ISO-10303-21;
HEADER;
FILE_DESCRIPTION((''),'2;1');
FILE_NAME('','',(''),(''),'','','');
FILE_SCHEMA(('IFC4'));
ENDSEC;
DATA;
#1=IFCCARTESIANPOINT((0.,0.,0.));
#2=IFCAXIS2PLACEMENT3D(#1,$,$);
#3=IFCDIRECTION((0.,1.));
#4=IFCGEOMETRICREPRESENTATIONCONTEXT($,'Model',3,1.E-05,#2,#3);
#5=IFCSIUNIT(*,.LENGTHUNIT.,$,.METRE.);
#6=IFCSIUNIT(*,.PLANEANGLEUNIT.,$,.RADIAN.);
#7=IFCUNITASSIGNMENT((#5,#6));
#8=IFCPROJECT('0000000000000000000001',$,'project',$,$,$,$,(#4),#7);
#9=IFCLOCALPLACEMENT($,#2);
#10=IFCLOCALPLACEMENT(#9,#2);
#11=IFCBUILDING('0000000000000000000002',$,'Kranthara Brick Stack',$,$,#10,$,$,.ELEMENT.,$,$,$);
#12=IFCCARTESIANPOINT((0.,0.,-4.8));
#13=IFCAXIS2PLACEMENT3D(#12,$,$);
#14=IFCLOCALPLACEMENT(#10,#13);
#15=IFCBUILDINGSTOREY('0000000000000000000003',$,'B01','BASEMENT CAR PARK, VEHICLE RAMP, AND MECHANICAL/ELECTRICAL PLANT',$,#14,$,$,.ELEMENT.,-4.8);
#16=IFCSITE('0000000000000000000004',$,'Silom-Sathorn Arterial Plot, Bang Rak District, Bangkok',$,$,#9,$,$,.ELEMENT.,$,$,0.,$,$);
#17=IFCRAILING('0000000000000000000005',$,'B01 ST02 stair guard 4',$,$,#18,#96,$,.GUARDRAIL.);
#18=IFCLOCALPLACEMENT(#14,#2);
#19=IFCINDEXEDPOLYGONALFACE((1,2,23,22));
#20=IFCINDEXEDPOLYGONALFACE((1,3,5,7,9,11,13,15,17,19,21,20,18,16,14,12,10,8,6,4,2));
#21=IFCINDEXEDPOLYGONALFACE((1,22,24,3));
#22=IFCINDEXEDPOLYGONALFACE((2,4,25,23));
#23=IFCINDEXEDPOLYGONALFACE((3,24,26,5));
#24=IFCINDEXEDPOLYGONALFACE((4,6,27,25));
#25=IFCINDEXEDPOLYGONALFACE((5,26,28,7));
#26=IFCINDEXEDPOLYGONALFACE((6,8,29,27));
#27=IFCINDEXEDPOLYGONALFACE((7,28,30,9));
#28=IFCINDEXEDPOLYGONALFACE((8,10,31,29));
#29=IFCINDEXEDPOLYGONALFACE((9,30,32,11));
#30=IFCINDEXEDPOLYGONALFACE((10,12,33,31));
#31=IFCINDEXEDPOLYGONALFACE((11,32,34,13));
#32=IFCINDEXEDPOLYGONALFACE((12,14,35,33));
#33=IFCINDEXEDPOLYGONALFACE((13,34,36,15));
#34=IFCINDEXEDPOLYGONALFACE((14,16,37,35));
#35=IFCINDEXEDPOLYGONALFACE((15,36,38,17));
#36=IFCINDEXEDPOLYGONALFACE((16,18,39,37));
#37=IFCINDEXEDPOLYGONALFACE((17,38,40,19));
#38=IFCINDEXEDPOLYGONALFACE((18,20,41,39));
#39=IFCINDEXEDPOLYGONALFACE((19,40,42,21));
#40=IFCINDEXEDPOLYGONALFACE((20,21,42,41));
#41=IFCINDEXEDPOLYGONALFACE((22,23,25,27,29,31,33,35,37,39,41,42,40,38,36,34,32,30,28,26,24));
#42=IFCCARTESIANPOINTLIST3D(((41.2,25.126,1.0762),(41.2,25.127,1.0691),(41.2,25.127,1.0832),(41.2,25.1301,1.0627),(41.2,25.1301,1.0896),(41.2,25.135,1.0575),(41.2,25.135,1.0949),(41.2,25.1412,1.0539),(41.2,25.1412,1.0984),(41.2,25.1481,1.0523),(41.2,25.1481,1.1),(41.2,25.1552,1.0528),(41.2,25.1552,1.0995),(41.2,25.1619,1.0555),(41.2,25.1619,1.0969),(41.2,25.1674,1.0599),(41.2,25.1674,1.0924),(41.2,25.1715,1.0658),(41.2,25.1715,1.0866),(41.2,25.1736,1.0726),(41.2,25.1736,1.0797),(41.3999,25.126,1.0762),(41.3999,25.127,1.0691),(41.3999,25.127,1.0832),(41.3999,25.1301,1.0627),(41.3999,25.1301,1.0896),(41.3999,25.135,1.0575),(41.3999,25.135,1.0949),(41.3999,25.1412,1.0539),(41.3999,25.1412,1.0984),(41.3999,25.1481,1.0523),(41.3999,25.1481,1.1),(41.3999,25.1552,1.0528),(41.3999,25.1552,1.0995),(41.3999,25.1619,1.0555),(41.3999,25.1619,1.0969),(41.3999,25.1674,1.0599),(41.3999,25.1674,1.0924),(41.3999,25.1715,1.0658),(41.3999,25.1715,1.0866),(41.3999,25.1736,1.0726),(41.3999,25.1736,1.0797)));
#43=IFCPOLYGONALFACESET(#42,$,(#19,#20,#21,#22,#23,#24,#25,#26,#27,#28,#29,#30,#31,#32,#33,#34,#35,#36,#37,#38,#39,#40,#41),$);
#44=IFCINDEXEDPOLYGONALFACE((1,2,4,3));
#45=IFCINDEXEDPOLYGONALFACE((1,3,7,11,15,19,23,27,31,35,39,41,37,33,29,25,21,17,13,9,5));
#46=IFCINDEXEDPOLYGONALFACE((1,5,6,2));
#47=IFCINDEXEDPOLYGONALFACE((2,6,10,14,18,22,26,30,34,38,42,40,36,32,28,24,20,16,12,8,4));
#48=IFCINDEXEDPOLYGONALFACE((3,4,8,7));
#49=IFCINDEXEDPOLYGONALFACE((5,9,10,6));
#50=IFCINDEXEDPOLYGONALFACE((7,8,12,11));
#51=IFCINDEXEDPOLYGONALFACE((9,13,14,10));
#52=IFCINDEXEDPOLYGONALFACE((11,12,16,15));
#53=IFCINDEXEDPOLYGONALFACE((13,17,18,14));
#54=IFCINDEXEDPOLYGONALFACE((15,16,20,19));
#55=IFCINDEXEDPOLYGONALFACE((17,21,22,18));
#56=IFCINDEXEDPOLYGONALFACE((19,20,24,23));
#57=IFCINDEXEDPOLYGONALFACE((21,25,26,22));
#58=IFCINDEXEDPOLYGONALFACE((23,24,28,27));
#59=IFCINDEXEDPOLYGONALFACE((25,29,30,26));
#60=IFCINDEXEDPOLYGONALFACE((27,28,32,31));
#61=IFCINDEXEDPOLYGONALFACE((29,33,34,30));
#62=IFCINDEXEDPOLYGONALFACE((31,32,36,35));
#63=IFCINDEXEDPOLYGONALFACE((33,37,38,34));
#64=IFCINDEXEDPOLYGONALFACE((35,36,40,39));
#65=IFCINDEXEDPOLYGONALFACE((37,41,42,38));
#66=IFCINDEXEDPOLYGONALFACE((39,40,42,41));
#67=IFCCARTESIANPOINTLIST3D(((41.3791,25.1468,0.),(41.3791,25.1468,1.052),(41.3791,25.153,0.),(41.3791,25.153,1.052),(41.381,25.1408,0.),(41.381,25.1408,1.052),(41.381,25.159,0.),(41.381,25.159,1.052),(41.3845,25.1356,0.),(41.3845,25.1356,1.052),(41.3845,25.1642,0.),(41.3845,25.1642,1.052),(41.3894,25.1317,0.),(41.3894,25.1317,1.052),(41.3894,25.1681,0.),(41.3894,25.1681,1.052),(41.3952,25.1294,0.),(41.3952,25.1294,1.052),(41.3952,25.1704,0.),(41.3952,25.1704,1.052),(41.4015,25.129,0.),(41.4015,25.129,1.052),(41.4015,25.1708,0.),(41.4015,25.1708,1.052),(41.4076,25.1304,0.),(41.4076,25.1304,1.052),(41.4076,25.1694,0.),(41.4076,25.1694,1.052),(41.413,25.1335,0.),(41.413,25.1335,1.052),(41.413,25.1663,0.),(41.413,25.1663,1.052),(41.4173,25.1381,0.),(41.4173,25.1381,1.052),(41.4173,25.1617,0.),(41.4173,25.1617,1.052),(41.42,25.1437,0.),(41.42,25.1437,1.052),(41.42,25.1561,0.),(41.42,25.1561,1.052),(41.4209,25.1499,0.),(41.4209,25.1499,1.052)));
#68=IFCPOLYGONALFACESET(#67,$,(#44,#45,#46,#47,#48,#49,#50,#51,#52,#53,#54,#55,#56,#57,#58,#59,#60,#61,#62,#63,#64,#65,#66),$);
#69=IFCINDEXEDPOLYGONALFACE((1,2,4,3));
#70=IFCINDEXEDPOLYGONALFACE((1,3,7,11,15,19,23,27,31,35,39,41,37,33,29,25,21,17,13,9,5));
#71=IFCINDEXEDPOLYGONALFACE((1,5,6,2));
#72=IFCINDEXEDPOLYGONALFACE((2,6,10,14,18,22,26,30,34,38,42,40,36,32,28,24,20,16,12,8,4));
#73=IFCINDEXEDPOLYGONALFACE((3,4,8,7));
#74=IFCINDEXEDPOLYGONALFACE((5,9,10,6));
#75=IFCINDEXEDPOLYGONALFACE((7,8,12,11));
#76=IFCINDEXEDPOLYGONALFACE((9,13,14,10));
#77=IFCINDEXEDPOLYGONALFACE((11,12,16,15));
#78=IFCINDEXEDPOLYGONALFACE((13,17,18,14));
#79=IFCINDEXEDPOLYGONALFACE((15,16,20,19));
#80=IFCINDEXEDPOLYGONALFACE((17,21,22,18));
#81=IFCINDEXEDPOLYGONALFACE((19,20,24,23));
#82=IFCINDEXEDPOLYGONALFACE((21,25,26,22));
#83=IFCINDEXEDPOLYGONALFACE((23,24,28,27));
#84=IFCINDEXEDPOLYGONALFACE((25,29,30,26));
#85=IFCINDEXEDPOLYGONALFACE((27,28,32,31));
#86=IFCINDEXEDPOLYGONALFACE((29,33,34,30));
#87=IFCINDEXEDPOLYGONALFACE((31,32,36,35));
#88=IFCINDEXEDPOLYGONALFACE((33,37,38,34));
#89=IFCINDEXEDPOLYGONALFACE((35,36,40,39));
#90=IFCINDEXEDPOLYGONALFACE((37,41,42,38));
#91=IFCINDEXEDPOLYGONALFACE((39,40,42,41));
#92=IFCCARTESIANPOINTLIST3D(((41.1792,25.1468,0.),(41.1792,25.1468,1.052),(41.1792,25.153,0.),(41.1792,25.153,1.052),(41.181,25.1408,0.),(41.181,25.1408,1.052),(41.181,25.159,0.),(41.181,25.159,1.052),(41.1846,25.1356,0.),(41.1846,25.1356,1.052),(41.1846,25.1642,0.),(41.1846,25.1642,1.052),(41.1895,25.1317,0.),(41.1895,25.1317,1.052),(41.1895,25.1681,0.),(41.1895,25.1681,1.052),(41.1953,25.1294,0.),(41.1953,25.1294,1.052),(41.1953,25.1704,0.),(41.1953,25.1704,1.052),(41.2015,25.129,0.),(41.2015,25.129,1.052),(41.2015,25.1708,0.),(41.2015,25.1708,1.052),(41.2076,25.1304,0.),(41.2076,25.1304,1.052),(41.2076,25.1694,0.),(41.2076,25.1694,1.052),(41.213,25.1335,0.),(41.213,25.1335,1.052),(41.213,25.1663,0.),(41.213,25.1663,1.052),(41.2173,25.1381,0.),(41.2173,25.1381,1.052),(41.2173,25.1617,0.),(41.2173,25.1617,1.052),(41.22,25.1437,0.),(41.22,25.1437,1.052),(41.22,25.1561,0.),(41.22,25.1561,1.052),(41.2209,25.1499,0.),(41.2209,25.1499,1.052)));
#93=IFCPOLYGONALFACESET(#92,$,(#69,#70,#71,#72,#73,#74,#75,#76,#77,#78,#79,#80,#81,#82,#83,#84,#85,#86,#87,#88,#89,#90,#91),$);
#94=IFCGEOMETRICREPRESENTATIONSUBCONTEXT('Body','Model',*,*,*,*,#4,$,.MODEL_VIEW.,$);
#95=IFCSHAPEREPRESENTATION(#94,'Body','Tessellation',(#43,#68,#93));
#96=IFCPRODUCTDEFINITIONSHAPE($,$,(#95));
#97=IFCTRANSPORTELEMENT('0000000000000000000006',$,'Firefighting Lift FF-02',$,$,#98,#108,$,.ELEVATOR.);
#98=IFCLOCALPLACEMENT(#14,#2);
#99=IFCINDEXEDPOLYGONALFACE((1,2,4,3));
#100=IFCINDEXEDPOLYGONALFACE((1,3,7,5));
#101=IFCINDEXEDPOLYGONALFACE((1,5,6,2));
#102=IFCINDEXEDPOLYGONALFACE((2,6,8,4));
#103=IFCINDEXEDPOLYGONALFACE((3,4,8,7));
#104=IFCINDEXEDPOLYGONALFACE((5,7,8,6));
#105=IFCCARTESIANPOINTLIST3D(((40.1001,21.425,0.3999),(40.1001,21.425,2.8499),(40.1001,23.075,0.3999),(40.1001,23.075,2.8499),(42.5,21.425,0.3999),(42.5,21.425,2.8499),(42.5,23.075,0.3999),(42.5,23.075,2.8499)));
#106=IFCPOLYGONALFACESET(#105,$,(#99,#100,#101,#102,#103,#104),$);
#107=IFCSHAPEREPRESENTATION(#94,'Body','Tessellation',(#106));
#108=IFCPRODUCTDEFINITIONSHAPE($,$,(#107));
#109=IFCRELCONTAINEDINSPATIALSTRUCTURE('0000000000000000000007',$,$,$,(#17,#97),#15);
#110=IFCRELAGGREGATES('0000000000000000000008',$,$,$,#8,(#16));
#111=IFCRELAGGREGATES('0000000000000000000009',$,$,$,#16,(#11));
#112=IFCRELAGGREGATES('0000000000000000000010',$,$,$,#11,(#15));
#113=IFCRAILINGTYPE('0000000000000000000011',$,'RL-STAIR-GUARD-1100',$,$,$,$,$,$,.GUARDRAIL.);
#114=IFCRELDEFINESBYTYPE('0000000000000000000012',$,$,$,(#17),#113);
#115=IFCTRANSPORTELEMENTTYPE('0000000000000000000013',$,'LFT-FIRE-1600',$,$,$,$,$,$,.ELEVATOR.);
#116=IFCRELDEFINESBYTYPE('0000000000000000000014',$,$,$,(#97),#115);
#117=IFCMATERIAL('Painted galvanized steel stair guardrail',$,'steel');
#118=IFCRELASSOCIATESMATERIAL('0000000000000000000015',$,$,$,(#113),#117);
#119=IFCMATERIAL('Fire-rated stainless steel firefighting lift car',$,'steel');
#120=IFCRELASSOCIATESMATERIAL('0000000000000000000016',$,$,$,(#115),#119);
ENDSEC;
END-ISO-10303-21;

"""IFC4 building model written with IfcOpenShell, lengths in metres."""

from ifc_helpers import new_model, si_unit, direction, frame, origin, origin_2d, place, context, subcontext, project, spatial, rectangle, circle, extrude, material, type_object, element, save


model = new_model("IFC4")

# Units and contexts
model_context = context("Model", 3, precision=1e-05, world=origin(), true_north=direction((0.0, 1.0)))
body_context = subcontext(model_context, "Body", "Model", "MODEL_VIEW")
ifc_project = project(units=[si_unit("LENGTHUNIT", "METRE"), si_unit("PLANEANGLEUNIT", "RADIAN")], contexts=[model_context])

# Site, building, storey
site_placement = place(None, origin())
site = spatial("IfcSite", under=ifc_project, at=site_placement, Name="Silom-Sathorn Arterial Plot, Bang Rak District, Bangkok", CompositionType="ELEMENT", RefElevation=0.0)
building_placement = place(site_placement, origin())
building = spatial("IfcBuilding", under=site, at=building_placement, Name="Kranthara Brick Stack", CompositionType="ELEMENT")
storey_placement = place(building_placement, frame((0.0, 0.0, -4.8)))
storey = spatial("IfcBuildingStorey", under=building, at=storey_placement, Name="B01", Description="BASEMENT CAR PARK, VEHICLE RAMP, AND MECHANICAL/ELECTRICAL PLANT", CompositionType="ELEMENT", Elevation=-4.8)

# Railing
ifc_material_1 = material(Name="Painted galvanized steel stair guardrail", Category="steel")
railing_type = type_object("IfcRailingType", Name="RL-STAIR-GUARD-1100", PredefinedType="GUARDRAIL", material=ifc_material_1)
railing_1_placement = place(storey_placement, frame((41.3999, 25.1499, 0.0)))
element("IfcRailing", 1, at=railing_1_placement, inside=storey, type_object=railing_type, Name="B01 ST02 stair guard 4", PredefinedType="GUARDRAIL", context=body_context, shape_type="SweptSolid", body=[
    extrude(circle(Radius=0.0239, at=origin_2d()), frame((0.0, 0.0, 1.0762), z_axis=(-1.0, 0.0, 0.0), x_axis=(0.0, -1.0, 0.0)), (0.0, 0.0, 1.0), 0.2),
    extrude(circle(Radius=0.021, at=origin_2d()), origin(), (0.0, 0.0, 1.0), 1.052),
    extrude(circle(Radius=0.021, at=origin_2d()), frame((-0.2, 0.0, 0.0)), (0.0, 0.0, 1.0), 1.052),
])

# Transport element
ifc_material_2 = material(Name="Fire-rated stainless steel firefighting lift car", Category="steel")
transport_element_type = type_object("IfcTransportElementType", Name="LFT-FIRE-1600", PredefinedType="ELEVATOR", material=ifc_material_2)
transport_element_placement = place(storey_placement, frame((41.3, 22.25, 0.3999), z_axis=(0.0, 0.0, 1.0), x_axis=(1.0, 0.0, 0.0)))
element("IfcTransportElement", 2, at=transport_element_placement, inside=storey, type_object=transport_element_type, Name="Firefighting Lift FF-02", PredefinedType="ELEVATOR", context=body_context, shape_type="SweptSolid", body=[
    extrude(rectangle(XDim=2.3999, YDim=1.6499, at=origin_2d()), origin(), (0.0, 0.0, 1.0), 2.45),
])

save(model, "model.ifc")
